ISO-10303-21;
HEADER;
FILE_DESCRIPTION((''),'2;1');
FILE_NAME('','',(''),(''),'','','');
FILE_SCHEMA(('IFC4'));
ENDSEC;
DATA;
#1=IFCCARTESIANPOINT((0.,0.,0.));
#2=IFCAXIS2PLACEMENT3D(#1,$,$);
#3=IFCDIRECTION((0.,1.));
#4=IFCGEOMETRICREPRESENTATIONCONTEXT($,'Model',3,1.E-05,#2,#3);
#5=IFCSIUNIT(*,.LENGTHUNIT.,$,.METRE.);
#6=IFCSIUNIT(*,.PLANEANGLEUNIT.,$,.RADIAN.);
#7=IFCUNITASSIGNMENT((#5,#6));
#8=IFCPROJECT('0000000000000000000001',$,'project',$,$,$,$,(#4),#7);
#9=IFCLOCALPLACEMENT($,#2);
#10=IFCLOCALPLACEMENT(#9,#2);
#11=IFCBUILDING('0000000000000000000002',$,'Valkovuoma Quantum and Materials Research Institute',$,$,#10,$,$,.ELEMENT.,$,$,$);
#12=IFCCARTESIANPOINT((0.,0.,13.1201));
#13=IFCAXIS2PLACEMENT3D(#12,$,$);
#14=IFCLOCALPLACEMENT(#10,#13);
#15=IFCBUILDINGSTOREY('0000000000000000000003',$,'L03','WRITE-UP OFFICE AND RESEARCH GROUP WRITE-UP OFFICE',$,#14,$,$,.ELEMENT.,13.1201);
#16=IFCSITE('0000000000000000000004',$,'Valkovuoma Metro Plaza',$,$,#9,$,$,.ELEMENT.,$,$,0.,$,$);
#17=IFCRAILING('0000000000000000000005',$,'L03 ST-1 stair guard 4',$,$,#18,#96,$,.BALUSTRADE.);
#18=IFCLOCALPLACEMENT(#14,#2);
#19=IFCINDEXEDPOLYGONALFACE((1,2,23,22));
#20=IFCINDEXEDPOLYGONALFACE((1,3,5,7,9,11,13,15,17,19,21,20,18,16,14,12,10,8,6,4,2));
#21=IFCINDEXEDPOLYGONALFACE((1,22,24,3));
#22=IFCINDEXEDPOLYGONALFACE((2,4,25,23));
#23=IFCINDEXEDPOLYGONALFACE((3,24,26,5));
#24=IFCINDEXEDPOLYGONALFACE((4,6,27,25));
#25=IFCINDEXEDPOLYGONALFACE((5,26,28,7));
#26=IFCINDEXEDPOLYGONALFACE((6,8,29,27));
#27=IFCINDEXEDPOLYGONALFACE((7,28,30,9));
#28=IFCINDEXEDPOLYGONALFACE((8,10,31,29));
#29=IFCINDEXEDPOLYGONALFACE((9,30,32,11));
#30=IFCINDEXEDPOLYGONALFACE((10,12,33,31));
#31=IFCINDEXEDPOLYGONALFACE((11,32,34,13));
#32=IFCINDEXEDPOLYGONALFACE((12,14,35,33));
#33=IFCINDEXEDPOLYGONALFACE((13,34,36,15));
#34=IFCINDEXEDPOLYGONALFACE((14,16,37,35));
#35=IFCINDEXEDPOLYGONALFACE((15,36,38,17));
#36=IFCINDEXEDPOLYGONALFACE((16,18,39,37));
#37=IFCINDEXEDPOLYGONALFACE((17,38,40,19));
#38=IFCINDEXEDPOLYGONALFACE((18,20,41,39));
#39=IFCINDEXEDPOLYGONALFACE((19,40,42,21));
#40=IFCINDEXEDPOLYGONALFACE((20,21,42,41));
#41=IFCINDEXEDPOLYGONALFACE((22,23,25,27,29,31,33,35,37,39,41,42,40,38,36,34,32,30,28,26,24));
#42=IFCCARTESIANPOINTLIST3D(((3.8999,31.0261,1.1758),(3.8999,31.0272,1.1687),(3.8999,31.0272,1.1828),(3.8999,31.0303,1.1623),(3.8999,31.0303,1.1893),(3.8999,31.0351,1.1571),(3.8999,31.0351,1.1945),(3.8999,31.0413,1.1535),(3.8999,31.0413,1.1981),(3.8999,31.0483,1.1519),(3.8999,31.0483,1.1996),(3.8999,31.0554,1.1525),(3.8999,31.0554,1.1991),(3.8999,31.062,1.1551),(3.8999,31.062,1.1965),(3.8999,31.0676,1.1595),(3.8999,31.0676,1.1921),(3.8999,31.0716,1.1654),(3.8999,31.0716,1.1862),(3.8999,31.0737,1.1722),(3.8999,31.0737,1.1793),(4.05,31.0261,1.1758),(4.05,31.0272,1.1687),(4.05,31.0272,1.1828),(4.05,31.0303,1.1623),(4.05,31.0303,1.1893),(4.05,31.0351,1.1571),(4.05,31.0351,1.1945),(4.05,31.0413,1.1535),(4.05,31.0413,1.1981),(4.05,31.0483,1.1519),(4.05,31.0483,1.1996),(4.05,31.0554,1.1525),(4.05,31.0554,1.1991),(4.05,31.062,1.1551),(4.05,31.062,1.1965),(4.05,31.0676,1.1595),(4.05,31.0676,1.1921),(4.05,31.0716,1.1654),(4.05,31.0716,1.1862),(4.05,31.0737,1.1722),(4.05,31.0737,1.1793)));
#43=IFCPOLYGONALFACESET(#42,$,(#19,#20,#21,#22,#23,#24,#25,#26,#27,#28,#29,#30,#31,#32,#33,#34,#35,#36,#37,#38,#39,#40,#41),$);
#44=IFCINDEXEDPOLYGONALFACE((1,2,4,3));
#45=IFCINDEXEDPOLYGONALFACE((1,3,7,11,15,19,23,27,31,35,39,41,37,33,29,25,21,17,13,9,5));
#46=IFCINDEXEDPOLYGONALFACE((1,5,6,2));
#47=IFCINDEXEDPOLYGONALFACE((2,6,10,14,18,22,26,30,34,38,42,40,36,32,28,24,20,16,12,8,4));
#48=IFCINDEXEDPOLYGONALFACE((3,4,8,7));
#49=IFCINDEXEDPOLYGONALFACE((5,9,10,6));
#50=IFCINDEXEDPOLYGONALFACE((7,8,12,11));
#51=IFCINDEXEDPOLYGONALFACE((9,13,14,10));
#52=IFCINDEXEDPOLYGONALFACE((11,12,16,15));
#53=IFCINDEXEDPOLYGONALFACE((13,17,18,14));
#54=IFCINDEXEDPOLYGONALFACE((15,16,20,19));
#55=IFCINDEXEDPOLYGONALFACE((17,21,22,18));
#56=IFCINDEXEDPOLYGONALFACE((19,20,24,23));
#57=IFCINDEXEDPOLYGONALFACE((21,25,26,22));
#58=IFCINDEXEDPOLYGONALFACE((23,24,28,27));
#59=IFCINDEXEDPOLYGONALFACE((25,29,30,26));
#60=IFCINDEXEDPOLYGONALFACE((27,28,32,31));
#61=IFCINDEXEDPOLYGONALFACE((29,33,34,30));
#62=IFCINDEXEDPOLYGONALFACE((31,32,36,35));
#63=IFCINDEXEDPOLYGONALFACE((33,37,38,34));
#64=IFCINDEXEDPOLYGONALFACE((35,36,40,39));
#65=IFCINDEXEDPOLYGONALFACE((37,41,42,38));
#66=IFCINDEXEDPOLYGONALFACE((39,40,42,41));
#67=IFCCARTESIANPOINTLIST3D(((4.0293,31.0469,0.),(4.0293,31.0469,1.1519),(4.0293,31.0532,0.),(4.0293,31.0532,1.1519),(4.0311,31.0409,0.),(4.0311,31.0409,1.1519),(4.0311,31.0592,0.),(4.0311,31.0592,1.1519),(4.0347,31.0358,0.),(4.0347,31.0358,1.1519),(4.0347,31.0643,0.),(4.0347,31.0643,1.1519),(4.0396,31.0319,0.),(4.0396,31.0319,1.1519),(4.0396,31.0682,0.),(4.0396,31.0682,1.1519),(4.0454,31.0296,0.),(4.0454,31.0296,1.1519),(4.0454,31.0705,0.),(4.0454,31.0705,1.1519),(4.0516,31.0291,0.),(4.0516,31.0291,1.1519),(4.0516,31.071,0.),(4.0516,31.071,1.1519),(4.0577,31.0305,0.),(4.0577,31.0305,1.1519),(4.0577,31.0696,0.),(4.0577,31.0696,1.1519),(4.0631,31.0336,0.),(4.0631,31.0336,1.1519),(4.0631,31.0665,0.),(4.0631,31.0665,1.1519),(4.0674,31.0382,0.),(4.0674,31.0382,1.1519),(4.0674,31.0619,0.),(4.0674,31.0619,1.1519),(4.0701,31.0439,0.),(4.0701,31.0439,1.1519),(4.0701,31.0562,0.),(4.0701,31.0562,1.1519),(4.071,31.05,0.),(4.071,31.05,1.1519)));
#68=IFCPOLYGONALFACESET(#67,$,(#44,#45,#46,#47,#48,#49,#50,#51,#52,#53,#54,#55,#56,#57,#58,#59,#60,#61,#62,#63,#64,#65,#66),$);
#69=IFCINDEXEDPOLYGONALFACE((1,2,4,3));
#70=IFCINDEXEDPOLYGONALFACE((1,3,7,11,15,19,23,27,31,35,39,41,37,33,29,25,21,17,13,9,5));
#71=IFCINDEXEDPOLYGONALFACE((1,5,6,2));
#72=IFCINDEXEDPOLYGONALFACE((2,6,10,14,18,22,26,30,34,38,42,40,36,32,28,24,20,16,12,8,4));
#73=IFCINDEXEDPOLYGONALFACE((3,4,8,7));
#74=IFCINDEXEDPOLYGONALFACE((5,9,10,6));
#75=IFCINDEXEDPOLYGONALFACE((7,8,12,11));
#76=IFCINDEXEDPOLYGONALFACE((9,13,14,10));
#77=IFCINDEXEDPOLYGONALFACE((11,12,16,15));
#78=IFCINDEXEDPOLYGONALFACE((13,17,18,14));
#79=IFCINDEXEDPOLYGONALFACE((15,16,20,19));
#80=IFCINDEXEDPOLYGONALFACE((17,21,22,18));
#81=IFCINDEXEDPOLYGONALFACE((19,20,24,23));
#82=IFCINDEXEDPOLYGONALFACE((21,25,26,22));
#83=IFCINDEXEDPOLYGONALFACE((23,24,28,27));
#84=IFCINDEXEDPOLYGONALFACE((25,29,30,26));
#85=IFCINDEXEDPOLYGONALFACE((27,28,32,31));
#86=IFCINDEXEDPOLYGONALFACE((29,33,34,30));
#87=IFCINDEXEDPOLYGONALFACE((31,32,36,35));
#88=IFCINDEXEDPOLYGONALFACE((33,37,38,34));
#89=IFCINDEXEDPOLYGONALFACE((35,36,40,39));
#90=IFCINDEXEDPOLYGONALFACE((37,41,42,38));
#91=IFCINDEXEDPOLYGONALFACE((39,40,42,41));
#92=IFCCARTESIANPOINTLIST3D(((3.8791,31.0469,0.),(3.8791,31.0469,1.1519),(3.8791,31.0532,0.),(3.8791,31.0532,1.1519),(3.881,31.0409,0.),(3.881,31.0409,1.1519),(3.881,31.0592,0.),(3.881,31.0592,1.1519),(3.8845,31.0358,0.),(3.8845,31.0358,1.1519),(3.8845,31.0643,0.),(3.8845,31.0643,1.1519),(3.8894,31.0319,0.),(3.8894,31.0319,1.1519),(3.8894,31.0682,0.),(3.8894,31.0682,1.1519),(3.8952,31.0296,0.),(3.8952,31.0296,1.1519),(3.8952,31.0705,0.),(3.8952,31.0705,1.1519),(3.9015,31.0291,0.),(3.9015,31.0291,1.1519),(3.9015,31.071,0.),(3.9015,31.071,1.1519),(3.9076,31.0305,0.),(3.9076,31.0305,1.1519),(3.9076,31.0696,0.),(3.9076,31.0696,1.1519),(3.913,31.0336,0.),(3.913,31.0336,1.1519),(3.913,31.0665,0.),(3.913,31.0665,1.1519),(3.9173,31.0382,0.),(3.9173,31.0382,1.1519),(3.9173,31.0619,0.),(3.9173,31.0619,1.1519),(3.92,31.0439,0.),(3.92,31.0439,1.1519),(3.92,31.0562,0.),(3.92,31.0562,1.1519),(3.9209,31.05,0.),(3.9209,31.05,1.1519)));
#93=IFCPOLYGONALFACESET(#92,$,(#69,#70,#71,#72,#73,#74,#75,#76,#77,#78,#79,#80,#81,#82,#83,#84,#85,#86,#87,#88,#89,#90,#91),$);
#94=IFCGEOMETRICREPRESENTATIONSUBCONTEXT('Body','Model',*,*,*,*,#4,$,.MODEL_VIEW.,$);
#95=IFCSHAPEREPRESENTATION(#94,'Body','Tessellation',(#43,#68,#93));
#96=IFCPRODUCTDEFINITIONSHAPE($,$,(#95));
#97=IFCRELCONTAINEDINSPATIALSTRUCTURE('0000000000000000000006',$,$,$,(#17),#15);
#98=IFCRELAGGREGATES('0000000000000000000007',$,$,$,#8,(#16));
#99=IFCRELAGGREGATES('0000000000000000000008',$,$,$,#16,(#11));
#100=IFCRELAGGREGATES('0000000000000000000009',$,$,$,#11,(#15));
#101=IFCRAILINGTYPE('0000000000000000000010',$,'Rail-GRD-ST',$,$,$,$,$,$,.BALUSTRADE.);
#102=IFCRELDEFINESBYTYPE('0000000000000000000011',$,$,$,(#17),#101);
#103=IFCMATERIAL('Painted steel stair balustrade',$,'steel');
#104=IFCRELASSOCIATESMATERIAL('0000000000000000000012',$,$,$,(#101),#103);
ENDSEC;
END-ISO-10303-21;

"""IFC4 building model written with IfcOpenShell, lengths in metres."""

from ifc_helpers import new_model, si_unit, direction, frame, origin, origin_2d, place, context, subcontext, project, spatial, circle, extrude, material, type_object, element, save


model = new_model("IFC4")

# Units and contexts
model_context = context("Model", 3, precision=1e-05, world=origin(), true_north=direction((0.0, 1.0)))
body_context = subcontext(model_context, "Body", "Model", "MODEL_VIEW")
ifc_project = project(units=[si_unit("LENGTHUNIT", "METRE"), si_unit("PLANEANGLEUNIT", "RADIAN")], contexts=[model_context])

# Site, building, storey
site_placement = place(None, origin())
site = spatial("IfcSite", under=ifc_project, at=site_placement, Name="Valkovuoma Metro Plaza", CompositionType="ELEMENT", RefElevation=0.0)
building_placement = place(site_placement, origin())
building = spatial("IfcBuilding", under=site, at=building_placement, Name="Valkovuoma Quantum and Materials Research Institute", CompositionType="ELEMENT")
storey_placement = place(building_placement, frame((0.0, 0.0, 13.1201)))
storey = spatial("IfcBuildingStorey", under=building, at=storey_placement, Name="L03", Description="WRITE-UP OFFICE AND RESEARCH GROUP WRITE-UP OFFICE", CompositionType="ELEMENT", Elevation=13.1201)

# Railing
ifc_material_1 = material(Name="Painted steel stair balustrade", Category="steel")
railing_type_1 = type_object("IfcRailingType", Name="Rail-GRD-ST", PredefinedType="BALUSTRADE", material=ifc_material_1)
railing_1_placement = place(storey_placement, frame((4.05, 31.05, 0.0)))
element("IfcRailing", 1, at=railing_1_placement, inside=storey, type_object=railing_type_1, Name="L03 ST-1 stair guard 4", PredefinedType="BALUSTRADE", context=body_context, shape_type="SweptSolid", body=[
    extrude(circle(Radius=0.0239, at=origin_2d()), frame((0.0, 0.0, 1.1758), z_axis=(-1.0, 0.0, 0.0), x_axis=(0.0, -1.0, 0.0)), (0.0, 0.0, 1.0), 0.1501),
    extrude(circle(Radius=0.021, at=origin_2d()), origin(), (0.0, 0.0, 1.0), 1.1519),
    extrude(circle(Radius=0.021, at=origin_2d()), frame((-0.1501, 0.0, 0.0)), (0.0, 0.0, 1.0), 1.1519),
])

save(model, "model.ifc")
